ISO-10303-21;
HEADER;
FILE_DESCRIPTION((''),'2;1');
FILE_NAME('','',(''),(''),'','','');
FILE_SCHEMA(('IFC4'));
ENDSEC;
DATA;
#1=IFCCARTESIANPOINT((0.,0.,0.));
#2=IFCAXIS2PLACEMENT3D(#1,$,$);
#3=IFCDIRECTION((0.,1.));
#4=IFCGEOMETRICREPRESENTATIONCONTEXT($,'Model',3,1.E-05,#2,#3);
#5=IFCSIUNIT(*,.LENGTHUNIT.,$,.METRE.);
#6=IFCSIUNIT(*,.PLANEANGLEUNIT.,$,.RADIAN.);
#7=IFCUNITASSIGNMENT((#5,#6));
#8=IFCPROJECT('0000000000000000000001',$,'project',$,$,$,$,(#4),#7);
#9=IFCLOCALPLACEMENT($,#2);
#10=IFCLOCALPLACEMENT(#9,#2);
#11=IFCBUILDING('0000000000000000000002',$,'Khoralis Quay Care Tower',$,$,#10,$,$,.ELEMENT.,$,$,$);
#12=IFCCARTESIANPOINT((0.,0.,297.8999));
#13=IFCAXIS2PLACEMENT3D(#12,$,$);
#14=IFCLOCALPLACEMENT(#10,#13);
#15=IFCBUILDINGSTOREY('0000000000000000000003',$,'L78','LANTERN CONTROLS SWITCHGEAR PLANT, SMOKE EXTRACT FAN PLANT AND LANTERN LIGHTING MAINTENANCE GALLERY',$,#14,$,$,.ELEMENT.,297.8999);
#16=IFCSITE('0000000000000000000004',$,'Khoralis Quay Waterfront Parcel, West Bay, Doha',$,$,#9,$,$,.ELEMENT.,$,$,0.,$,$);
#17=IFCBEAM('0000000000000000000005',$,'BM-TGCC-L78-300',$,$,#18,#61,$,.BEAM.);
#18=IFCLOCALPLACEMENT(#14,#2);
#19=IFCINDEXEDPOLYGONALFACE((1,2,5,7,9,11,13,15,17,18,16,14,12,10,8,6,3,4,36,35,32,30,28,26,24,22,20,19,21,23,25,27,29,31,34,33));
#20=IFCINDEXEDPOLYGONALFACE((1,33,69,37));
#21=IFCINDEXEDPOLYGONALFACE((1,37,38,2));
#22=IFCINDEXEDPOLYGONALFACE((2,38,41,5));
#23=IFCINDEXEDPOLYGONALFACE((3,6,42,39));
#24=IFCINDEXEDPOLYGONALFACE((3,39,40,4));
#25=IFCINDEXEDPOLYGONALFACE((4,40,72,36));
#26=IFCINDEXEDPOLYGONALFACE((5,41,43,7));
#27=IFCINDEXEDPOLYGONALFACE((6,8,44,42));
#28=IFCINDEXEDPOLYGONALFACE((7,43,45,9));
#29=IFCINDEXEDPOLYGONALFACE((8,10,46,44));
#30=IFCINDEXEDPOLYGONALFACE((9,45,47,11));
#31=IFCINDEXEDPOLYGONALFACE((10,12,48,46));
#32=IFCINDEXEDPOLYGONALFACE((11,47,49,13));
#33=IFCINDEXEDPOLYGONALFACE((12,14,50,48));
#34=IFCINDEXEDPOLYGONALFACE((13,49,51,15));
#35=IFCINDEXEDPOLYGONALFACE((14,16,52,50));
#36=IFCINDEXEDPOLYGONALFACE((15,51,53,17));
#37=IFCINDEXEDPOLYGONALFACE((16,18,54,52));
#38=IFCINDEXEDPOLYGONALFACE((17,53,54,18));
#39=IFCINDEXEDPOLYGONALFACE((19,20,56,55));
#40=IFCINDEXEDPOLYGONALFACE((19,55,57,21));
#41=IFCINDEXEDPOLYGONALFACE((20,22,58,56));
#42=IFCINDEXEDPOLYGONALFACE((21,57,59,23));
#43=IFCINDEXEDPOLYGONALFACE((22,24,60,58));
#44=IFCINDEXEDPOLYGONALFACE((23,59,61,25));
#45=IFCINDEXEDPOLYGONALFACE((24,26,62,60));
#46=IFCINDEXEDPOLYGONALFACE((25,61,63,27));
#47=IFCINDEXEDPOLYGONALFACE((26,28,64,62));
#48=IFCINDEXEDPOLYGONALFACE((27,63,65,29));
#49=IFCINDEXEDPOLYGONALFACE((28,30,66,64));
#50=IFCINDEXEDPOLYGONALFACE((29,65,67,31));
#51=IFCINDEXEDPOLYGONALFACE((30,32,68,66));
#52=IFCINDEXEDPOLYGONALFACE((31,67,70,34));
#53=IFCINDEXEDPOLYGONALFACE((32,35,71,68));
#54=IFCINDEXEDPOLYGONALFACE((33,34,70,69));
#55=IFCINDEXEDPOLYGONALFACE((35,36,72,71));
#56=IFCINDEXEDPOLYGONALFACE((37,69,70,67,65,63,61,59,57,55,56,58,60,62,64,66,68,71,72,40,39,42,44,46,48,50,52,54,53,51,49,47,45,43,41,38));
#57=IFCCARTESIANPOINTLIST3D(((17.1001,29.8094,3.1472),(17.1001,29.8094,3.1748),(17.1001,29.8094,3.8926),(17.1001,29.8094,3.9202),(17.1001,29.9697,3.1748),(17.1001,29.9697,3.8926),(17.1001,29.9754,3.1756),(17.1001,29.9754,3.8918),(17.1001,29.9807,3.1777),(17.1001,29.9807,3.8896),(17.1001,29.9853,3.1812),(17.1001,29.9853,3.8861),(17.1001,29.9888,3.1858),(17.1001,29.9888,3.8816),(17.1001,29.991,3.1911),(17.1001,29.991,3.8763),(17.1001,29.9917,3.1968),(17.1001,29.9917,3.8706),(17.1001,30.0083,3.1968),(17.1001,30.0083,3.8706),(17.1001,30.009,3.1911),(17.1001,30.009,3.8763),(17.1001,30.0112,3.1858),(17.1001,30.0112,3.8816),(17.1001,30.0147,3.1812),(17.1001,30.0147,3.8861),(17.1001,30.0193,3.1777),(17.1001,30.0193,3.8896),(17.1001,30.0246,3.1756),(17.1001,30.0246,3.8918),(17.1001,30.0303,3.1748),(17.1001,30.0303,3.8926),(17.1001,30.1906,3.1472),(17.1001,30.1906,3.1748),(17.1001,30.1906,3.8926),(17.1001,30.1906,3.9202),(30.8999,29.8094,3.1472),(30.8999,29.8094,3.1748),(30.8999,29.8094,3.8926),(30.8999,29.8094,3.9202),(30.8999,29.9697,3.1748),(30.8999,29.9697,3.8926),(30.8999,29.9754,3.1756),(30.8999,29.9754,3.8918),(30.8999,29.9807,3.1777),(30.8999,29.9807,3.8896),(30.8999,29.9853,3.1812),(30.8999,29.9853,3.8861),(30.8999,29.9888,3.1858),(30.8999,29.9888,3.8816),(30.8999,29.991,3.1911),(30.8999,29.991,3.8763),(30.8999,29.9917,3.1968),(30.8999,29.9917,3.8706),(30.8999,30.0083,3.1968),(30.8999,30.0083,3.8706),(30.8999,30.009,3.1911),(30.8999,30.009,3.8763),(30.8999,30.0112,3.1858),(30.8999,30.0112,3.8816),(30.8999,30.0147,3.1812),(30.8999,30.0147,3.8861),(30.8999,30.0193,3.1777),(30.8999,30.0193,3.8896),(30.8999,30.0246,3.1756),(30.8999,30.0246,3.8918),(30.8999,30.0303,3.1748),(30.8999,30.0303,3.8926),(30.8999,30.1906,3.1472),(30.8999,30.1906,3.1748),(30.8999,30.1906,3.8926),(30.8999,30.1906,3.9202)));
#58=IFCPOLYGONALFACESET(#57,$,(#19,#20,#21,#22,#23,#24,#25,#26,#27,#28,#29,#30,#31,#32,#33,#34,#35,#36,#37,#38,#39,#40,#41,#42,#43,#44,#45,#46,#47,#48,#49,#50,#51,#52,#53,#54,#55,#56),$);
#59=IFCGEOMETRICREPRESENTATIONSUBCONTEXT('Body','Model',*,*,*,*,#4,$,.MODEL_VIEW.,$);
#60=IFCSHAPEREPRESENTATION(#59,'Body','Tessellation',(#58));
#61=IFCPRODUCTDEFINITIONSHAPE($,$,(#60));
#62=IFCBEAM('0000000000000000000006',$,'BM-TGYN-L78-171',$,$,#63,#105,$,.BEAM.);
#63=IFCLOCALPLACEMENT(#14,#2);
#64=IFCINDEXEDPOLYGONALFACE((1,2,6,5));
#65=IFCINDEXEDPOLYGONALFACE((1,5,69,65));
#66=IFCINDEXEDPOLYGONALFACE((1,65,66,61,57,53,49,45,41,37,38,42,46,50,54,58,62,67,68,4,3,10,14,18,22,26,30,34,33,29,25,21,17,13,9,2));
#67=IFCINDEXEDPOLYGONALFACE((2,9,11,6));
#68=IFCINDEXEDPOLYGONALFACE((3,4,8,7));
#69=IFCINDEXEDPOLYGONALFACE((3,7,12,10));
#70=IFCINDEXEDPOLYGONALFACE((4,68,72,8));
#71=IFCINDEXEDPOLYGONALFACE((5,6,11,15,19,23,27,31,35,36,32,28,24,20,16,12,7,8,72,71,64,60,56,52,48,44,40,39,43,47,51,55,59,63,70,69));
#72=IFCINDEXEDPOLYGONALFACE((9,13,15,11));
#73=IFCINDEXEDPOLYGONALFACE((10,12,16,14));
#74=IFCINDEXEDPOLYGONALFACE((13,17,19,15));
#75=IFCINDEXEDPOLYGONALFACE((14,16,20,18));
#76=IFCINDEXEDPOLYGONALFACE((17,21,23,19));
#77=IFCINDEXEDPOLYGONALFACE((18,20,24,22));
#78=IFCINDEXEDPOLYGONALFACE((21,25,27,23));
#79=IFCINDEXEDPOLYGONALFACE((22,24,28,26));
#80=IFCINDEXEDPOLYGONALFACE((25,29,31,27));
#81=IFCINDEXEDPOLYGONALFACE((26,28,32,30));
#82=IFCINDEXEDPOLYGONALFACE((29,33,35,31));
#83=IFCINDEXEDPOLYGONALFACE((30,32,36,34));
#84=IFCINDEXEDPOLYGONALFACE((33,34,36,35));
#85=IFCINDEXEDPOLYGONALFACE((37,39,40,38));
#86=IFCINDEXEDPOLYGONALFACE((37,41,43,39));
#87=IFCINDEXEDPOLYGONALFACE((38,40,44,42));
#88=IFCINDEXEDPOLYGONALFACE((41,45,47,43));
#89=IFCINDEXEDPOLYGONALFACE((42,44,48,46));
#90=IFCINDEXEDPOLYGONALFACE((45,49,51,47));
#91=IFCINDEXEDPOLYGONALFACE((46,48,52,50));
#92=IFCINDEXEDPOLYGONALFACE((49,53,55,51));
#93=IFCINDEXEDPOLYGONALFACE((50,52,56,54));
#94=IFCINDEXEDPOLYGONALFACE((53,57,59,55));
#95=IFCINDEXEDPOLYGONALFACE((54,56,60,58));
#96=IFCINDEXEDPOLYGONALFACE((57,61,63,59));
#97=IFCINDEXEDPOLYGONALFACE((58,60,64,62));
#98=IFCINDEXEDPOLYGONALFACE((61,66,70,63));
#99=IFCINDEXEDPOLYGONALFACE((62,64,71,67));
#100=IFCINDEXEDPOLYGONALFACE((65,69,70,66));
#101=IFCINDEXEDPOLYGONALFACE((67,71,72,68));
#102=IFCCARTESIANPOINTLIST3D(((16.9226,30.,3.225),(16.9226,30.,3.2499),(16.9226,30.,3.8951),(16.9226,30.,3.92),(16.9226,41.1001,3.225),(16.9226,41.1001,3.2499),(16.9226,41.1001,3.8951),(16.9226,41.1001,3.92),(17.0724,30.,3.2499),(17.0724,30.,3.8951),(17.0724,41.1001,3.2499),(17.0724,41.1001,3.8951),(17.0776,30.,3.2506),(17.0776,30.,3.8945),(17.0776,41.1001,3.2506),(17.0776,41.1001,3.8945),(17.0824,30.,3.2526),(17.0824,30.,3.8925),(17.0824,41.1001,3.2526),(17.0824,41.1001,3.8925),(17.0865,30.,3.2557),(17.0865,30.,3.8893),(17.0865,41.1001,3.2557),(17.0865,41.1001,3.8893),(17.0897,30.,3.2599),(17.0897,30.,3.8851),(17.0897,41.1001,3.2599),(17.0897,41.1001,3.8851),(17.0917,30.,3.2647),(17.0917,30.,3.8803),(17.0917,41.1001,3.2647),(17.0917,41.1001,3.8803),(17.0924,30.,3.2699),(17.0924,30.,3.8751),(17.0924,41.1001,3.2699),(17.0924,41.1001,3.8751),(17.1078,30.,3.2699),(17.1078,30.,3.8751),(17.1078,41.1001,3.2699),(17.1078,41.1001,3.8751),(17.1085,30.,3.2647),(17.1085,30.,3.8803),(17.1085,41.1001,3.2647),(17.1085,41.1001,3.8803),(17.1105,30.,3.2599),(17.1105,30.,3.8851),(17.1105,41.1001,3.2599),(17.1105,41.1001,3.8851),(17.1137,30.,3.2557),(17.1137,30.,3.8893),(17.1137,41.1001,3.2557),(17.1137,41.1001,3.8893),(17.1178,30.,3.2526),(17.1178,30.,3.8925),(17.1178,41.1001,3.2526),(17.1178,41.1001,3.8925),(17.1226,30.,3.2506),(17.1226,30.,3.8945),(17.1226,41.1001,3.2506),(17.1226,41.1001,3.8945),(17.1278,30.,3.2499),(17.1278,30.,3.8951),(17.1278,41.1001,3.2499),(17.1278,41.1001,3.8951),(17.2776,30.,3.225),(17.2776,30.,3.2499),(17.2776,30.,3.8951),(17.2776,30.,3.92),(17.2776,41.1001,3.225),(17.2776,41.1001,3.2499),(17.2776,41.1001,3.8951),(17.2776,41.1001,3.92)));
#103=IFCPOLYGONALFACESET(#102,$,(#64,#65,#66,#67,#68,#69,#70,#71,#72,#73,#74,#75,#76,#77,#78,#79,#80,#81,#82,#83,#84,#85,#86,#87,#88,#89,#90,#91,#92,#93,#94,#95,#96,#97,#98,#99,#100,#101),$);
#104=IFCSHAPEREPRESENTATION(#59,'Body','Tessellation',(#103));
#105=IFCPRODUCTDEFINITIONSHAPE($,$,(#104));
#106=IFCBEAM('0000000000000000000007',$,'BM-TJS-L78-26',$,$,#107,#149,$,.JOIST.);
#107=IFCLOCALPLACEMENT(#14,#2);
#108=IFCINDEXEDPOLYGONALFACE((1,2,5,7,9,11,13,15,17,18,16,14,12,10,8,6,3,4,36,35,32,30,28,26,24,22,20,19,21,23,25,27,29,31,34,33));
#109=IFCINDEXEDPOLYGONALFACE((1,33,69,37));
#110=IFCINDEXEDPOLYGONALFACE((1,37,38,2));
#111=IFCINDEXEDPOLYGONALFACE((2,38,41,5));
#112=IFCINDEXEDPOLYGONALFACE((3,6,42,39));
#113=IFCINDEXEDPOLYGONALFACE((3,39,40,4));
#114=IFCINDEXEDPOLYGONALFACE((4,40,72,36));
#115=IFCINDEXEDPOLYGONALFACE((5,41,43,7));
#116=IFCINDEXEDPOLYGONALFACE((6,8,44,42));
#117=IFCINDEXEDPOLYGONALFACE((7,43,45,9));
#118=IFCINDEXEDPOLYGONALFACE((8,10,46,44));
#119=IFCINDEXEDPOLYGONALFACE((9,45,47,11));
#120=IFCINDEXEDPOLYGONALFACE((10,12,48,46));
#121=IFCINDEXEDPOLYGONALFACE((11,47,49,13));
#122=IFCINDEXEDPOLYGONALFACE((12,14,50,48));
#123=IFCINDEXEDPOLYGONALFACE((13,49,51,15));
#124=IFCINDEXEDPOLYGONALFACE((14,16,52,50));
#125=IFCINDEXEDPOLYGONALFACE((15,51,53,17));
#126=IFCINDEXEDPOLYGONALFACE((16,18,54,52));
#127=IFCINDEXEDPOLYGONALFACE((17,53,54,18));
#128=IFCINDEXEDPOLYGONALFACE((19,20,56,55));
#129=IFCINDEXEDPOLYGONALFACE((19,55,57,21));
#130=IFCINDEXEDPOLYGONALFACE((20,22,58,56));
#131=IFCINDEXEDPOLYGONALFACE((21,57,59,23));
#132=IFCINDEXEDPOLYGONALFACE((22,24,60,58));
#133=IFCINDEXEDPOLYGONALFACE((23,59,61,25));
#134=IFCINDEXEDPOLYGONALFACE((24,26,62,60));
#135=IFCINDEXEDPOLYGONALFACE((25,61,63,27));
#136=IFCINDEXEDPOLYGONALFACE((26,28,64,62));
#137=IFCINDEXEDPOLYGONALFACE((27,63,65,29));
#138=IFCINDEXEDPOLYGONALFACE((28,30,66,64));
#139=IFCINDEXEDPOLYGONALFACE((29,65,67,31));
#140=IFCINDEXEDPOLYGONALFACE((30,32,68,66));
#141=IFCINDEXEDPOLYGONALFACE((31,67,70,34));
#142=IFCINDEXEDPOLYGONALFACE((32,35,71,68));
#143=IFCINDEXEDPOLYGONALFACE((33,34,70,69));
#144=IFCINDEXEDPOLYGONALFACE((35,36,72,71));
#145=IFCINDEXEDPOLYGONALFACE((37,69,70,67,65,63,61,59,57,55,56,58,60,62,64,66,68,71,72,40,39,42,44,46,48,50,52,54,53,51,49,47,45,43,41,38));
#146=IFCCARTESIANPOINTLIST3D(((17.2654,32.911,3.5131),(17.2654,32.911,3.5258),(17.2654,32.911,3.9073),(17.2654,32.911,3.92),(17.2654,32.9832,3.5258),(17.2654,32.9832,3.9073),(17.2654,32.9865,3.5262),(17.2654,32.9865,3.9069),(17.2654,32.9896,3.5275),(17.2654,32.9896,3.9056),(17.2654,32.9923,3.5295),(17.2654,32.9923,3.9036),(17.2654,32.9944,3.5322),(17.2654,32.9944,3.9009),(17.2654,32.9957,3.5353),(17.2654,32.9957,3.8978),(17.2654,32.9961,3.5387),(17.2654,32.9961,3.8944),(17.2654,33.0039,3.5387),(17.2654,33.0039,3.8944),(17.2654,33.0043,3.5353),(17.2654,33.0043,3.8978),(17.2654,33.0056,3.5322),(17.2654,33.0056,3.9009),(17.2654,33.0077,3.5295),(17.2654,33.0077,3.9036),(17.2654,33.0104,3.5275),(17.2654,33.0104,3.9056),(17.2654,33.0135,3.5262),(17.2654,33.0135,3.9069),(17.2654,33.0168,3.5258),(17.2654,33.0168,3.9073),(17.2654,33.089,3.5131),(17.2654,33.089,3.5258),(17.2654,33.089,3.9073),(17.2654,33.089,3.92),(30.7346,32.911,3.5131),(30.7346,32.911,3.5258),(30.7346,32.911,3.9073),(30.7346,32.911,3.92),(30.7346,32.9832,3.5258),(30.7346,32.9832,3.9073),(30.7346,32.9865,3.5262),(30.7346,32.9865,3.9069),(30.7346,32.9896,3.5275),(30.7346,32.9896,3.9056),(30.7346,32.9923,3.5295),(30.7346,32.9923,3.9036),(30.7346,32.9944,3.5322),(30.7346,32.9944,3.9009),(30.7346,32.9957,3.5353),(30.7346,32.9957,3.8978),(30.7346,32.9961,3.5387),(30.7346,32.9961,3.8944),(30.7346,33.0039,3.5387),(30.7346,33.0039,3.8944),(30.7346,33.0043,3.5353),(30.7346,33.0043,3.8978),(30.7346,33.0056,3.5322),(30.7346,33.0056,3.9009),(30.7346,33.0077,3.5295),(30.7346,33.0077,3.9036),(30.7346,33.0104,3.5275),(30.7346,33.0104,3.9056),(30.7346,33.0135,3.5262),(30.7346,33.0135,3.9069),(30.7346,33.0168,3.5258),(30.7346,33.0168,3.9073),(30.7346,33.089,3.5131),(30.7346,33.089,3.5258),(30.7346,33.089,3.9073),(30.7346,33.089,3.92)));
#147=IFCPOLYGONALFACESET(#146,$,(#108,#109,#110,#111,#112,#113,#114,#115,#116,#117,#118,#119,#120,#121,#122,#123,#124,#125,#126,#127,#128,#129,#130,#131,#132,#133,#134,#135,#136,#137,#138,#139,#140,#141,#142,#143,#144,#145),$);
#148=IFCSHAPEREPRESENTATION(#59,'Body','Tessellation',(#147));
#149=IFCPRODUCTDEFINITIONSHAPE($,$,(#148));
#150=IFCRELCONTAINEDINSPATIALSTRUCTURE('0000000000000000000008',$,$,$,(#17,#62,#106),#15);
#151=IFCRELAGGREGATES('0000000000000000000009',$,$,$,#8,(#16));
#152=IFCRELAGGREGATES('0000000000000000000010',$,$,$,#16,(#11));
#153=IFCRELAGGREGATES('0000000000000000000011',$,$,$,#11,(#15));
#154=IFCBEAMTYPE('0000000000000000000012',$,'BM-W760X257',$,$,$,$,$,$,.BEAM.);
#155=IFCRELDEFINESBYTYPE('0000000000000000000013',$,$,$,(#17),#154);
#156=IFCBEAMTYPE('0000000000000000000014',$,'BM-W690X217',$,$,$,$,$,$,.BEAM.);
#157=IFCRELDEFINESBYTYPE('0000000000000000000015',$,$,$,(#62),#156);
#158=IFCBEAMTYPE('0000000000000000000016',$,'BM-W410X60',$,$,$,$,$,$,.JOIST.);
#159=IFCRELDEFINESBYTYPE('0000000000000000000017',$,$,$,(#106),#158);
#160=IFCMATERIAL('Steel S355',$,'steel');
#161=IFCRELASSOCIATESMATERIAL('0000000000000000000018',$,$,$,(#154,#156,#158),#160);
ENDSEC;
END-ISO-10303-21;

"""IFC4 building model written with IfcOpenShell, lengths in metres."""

from ifc_helpers import new_model, si_unit, direction, frame, origin, origin_2d, place, context, subcontext, project, spatial, i_section, extrude, source, transform, mapped, material, material_profile, profile_set, type_object, element, save


model = new_model("IFC4")

# Units and contexts
model_context = context("Model", 3, precision=1e-05, world=origin(), true_north=direction((0.0, 1.0)))
body_context = subcontext(model_context, "Body", "Model", "MODEL_VIEW")
ifc_project = project(units=[si_unit("LENGTHUNIT", "METRE"), si_unit("PLANEANGLEUNIT", "RADIAN")], contexts=[model_context])

# Site, building, storey
site_placement = place(None, origin())
site = spatial("IfcSite", under=ifc_project, at=site_placement, Name="Khoralis Quay Waterfront Parcel, West Bay, Doha", CompositionType="ELEMENT", RefElevation=0.0)
building_placement = place(site_placement, origin())
building = spatial("IfcBuilding", under=site, at=building_placement, Name="Khoralis Quay Care Tower", CompositionType="ELEMENT")
storey_placement = place(building_placement, frame((0.0, 0.0, 297.8999)))
storey = spatial("IfcBuildingStorey", under=building, at=storey_placement, Name="L78", Description="LANTERN CONTROLS SWITCHGEAR PLANT, SMOKE EXTRACT FAN PLANT AND LANTERN LIGHTING MAINTENANCE GALLERY", CompositionType="ELEMENT", Elevation=297.8999)

# Shared definitions
ifc_material_1 = material(Name="Steel S355", Category="steel")

# Beams
ifc_material_profile_1 = material_profile(ifc_material_1, i_section(OverallWidth=0.3811, OverallDepth=0.7729, WebThickness=0.0166, FlangeThickness=0.0276, FilletRadius=0.022, at=origin_2d()), Name="Steel S355")
ifc_profile_set_1 = profile_set([ifc_material_profile_1], Name="Steel S355")
beam_type_1 = type_object("IfcBeamType", Name="BM-W760X257", PredefinedType="BEAM", material=ifc_profile_set_1)
shared_shape_1 = source(origin(), body_context, "Body", "SweptSolid", [
    extrude(i_section(OverallWidth=0.3811, OverallDepth=0.7729, WebThickness=0.0166, FlangeThickness=0.0276, FilletRadius=0.022, at=origin_2d()), origin(), (0.0, 0.0, 1.0), 13.7998),
])
beam_1_placement = place(storey_placement, frame((17.1001, 30.0, 3.5337), z_axis=(1.0, 0.0, 0.0), x_axis=(0.0, 1.0, 0.0)))
element("IfcBeam", 1, at=beam_1_placement, inside=storey, type_object=beam_type_1, Name="BM-TGCC-L78-300", PredefinedType="BEAM", context=body_context, shape_type="MappedRepresentation", body=[
    mapped(shared_shape_1, transform((0.0, 0.0, 0.0), scale=1.0)),
])
ifc_material_profile_2 = material_profile(ifc_material_1, i_section(OverallWidth=0.355, OverallDepth=0.6951, WebThickness=0.0154, FlangeThickness=0.0249, FilletRadius=0.02, at=origin_2d()), Name="Steel S355")
ifc_profile_set_2 = profile_set([ifc_material_profile_2], Name="Steel S355")
beam_type_2 = type_object("IfcBeamType", Name="BM-W690X217", PredefinedType="BEAM", material=ifc_profile_set_2)
shared_shape_2 = source(origin(), body_context, "Body", "SweptSolid", [
    extrude(i_section(OverallWidth=0.355, OverallDepth=0.6951, WebThickness=0.0154, FlangeThickness=0.0249, FilletRadius=0.02, at=origin_2d()), origin(), (0.0, 0.0, 1.0), 11.1001),
])
beam_2_placement = place(storey_placement, frame((17.1001, 30.0, 3.5725), z_axis=(0.0, 1.0, 0.0), x_axis=(-1.0, 0.0, 0.0)))
element("IfcBeam", 2, at=beam_2_placement, inside=storey, type_object=beam_type_2, Name="BM-TGYN-L78-171", PredefinedType="BEAM", context=body_context, shape_type="MappedRepresentation", body=[
    mapped(shared_shape_2, transform((0.0, 0.0, 0.0), scale=1.0)),
])
ifc_material_profile_3 = material_profile(ifc_material_1, i_section(OverallWidth=0.178, OverallDepth=0.407, WebThickness=0.0078, FlangeThickness=0.0127, FilletRadius=0.0129, at=origin_2d()), Name="Steel S355")
ifc_profile_set_3 = profile_set([ifc_material_profile_3], Name="Steel S355")
beam_type_3 = type_object("IfcBeamType", Name="BM-W410X60", PredefinedType="JOIST", material=ifc_profile_set_3)
shared_shape_3 = source(origin(), body_context, "Body", "SweptSolid", [
    extrude(i_section(OverallWidth=0.178, OverallDepth=0.407, WebThickness=0.0078, FlangeThickness=0.0127, FilletRadius=0.0129, at=origin_2d()), origin(), (0.0, 0.0, 1.0), 13.4692),
])
beam_3_placement = place(storey_placement, frame((17.2654, 33.0, 3.7166), z_axis=(1.0, 0.0, 0.0), x_axis=(0.0, 1.0, 0.0)))
element("IfcBeam", 3, at=beam_3_placement, inside=storey, type_object=beam_type_3, Name="BM-TJS-L78-26", PredefinedType="JOIST", context=body_context, shape_type="MappedRepresentation", body=[
    mapped(shared_shape_3, transform((0.0, 0.0, 0.0), scale=1.0)),
])

save(model, "model.ifc")
